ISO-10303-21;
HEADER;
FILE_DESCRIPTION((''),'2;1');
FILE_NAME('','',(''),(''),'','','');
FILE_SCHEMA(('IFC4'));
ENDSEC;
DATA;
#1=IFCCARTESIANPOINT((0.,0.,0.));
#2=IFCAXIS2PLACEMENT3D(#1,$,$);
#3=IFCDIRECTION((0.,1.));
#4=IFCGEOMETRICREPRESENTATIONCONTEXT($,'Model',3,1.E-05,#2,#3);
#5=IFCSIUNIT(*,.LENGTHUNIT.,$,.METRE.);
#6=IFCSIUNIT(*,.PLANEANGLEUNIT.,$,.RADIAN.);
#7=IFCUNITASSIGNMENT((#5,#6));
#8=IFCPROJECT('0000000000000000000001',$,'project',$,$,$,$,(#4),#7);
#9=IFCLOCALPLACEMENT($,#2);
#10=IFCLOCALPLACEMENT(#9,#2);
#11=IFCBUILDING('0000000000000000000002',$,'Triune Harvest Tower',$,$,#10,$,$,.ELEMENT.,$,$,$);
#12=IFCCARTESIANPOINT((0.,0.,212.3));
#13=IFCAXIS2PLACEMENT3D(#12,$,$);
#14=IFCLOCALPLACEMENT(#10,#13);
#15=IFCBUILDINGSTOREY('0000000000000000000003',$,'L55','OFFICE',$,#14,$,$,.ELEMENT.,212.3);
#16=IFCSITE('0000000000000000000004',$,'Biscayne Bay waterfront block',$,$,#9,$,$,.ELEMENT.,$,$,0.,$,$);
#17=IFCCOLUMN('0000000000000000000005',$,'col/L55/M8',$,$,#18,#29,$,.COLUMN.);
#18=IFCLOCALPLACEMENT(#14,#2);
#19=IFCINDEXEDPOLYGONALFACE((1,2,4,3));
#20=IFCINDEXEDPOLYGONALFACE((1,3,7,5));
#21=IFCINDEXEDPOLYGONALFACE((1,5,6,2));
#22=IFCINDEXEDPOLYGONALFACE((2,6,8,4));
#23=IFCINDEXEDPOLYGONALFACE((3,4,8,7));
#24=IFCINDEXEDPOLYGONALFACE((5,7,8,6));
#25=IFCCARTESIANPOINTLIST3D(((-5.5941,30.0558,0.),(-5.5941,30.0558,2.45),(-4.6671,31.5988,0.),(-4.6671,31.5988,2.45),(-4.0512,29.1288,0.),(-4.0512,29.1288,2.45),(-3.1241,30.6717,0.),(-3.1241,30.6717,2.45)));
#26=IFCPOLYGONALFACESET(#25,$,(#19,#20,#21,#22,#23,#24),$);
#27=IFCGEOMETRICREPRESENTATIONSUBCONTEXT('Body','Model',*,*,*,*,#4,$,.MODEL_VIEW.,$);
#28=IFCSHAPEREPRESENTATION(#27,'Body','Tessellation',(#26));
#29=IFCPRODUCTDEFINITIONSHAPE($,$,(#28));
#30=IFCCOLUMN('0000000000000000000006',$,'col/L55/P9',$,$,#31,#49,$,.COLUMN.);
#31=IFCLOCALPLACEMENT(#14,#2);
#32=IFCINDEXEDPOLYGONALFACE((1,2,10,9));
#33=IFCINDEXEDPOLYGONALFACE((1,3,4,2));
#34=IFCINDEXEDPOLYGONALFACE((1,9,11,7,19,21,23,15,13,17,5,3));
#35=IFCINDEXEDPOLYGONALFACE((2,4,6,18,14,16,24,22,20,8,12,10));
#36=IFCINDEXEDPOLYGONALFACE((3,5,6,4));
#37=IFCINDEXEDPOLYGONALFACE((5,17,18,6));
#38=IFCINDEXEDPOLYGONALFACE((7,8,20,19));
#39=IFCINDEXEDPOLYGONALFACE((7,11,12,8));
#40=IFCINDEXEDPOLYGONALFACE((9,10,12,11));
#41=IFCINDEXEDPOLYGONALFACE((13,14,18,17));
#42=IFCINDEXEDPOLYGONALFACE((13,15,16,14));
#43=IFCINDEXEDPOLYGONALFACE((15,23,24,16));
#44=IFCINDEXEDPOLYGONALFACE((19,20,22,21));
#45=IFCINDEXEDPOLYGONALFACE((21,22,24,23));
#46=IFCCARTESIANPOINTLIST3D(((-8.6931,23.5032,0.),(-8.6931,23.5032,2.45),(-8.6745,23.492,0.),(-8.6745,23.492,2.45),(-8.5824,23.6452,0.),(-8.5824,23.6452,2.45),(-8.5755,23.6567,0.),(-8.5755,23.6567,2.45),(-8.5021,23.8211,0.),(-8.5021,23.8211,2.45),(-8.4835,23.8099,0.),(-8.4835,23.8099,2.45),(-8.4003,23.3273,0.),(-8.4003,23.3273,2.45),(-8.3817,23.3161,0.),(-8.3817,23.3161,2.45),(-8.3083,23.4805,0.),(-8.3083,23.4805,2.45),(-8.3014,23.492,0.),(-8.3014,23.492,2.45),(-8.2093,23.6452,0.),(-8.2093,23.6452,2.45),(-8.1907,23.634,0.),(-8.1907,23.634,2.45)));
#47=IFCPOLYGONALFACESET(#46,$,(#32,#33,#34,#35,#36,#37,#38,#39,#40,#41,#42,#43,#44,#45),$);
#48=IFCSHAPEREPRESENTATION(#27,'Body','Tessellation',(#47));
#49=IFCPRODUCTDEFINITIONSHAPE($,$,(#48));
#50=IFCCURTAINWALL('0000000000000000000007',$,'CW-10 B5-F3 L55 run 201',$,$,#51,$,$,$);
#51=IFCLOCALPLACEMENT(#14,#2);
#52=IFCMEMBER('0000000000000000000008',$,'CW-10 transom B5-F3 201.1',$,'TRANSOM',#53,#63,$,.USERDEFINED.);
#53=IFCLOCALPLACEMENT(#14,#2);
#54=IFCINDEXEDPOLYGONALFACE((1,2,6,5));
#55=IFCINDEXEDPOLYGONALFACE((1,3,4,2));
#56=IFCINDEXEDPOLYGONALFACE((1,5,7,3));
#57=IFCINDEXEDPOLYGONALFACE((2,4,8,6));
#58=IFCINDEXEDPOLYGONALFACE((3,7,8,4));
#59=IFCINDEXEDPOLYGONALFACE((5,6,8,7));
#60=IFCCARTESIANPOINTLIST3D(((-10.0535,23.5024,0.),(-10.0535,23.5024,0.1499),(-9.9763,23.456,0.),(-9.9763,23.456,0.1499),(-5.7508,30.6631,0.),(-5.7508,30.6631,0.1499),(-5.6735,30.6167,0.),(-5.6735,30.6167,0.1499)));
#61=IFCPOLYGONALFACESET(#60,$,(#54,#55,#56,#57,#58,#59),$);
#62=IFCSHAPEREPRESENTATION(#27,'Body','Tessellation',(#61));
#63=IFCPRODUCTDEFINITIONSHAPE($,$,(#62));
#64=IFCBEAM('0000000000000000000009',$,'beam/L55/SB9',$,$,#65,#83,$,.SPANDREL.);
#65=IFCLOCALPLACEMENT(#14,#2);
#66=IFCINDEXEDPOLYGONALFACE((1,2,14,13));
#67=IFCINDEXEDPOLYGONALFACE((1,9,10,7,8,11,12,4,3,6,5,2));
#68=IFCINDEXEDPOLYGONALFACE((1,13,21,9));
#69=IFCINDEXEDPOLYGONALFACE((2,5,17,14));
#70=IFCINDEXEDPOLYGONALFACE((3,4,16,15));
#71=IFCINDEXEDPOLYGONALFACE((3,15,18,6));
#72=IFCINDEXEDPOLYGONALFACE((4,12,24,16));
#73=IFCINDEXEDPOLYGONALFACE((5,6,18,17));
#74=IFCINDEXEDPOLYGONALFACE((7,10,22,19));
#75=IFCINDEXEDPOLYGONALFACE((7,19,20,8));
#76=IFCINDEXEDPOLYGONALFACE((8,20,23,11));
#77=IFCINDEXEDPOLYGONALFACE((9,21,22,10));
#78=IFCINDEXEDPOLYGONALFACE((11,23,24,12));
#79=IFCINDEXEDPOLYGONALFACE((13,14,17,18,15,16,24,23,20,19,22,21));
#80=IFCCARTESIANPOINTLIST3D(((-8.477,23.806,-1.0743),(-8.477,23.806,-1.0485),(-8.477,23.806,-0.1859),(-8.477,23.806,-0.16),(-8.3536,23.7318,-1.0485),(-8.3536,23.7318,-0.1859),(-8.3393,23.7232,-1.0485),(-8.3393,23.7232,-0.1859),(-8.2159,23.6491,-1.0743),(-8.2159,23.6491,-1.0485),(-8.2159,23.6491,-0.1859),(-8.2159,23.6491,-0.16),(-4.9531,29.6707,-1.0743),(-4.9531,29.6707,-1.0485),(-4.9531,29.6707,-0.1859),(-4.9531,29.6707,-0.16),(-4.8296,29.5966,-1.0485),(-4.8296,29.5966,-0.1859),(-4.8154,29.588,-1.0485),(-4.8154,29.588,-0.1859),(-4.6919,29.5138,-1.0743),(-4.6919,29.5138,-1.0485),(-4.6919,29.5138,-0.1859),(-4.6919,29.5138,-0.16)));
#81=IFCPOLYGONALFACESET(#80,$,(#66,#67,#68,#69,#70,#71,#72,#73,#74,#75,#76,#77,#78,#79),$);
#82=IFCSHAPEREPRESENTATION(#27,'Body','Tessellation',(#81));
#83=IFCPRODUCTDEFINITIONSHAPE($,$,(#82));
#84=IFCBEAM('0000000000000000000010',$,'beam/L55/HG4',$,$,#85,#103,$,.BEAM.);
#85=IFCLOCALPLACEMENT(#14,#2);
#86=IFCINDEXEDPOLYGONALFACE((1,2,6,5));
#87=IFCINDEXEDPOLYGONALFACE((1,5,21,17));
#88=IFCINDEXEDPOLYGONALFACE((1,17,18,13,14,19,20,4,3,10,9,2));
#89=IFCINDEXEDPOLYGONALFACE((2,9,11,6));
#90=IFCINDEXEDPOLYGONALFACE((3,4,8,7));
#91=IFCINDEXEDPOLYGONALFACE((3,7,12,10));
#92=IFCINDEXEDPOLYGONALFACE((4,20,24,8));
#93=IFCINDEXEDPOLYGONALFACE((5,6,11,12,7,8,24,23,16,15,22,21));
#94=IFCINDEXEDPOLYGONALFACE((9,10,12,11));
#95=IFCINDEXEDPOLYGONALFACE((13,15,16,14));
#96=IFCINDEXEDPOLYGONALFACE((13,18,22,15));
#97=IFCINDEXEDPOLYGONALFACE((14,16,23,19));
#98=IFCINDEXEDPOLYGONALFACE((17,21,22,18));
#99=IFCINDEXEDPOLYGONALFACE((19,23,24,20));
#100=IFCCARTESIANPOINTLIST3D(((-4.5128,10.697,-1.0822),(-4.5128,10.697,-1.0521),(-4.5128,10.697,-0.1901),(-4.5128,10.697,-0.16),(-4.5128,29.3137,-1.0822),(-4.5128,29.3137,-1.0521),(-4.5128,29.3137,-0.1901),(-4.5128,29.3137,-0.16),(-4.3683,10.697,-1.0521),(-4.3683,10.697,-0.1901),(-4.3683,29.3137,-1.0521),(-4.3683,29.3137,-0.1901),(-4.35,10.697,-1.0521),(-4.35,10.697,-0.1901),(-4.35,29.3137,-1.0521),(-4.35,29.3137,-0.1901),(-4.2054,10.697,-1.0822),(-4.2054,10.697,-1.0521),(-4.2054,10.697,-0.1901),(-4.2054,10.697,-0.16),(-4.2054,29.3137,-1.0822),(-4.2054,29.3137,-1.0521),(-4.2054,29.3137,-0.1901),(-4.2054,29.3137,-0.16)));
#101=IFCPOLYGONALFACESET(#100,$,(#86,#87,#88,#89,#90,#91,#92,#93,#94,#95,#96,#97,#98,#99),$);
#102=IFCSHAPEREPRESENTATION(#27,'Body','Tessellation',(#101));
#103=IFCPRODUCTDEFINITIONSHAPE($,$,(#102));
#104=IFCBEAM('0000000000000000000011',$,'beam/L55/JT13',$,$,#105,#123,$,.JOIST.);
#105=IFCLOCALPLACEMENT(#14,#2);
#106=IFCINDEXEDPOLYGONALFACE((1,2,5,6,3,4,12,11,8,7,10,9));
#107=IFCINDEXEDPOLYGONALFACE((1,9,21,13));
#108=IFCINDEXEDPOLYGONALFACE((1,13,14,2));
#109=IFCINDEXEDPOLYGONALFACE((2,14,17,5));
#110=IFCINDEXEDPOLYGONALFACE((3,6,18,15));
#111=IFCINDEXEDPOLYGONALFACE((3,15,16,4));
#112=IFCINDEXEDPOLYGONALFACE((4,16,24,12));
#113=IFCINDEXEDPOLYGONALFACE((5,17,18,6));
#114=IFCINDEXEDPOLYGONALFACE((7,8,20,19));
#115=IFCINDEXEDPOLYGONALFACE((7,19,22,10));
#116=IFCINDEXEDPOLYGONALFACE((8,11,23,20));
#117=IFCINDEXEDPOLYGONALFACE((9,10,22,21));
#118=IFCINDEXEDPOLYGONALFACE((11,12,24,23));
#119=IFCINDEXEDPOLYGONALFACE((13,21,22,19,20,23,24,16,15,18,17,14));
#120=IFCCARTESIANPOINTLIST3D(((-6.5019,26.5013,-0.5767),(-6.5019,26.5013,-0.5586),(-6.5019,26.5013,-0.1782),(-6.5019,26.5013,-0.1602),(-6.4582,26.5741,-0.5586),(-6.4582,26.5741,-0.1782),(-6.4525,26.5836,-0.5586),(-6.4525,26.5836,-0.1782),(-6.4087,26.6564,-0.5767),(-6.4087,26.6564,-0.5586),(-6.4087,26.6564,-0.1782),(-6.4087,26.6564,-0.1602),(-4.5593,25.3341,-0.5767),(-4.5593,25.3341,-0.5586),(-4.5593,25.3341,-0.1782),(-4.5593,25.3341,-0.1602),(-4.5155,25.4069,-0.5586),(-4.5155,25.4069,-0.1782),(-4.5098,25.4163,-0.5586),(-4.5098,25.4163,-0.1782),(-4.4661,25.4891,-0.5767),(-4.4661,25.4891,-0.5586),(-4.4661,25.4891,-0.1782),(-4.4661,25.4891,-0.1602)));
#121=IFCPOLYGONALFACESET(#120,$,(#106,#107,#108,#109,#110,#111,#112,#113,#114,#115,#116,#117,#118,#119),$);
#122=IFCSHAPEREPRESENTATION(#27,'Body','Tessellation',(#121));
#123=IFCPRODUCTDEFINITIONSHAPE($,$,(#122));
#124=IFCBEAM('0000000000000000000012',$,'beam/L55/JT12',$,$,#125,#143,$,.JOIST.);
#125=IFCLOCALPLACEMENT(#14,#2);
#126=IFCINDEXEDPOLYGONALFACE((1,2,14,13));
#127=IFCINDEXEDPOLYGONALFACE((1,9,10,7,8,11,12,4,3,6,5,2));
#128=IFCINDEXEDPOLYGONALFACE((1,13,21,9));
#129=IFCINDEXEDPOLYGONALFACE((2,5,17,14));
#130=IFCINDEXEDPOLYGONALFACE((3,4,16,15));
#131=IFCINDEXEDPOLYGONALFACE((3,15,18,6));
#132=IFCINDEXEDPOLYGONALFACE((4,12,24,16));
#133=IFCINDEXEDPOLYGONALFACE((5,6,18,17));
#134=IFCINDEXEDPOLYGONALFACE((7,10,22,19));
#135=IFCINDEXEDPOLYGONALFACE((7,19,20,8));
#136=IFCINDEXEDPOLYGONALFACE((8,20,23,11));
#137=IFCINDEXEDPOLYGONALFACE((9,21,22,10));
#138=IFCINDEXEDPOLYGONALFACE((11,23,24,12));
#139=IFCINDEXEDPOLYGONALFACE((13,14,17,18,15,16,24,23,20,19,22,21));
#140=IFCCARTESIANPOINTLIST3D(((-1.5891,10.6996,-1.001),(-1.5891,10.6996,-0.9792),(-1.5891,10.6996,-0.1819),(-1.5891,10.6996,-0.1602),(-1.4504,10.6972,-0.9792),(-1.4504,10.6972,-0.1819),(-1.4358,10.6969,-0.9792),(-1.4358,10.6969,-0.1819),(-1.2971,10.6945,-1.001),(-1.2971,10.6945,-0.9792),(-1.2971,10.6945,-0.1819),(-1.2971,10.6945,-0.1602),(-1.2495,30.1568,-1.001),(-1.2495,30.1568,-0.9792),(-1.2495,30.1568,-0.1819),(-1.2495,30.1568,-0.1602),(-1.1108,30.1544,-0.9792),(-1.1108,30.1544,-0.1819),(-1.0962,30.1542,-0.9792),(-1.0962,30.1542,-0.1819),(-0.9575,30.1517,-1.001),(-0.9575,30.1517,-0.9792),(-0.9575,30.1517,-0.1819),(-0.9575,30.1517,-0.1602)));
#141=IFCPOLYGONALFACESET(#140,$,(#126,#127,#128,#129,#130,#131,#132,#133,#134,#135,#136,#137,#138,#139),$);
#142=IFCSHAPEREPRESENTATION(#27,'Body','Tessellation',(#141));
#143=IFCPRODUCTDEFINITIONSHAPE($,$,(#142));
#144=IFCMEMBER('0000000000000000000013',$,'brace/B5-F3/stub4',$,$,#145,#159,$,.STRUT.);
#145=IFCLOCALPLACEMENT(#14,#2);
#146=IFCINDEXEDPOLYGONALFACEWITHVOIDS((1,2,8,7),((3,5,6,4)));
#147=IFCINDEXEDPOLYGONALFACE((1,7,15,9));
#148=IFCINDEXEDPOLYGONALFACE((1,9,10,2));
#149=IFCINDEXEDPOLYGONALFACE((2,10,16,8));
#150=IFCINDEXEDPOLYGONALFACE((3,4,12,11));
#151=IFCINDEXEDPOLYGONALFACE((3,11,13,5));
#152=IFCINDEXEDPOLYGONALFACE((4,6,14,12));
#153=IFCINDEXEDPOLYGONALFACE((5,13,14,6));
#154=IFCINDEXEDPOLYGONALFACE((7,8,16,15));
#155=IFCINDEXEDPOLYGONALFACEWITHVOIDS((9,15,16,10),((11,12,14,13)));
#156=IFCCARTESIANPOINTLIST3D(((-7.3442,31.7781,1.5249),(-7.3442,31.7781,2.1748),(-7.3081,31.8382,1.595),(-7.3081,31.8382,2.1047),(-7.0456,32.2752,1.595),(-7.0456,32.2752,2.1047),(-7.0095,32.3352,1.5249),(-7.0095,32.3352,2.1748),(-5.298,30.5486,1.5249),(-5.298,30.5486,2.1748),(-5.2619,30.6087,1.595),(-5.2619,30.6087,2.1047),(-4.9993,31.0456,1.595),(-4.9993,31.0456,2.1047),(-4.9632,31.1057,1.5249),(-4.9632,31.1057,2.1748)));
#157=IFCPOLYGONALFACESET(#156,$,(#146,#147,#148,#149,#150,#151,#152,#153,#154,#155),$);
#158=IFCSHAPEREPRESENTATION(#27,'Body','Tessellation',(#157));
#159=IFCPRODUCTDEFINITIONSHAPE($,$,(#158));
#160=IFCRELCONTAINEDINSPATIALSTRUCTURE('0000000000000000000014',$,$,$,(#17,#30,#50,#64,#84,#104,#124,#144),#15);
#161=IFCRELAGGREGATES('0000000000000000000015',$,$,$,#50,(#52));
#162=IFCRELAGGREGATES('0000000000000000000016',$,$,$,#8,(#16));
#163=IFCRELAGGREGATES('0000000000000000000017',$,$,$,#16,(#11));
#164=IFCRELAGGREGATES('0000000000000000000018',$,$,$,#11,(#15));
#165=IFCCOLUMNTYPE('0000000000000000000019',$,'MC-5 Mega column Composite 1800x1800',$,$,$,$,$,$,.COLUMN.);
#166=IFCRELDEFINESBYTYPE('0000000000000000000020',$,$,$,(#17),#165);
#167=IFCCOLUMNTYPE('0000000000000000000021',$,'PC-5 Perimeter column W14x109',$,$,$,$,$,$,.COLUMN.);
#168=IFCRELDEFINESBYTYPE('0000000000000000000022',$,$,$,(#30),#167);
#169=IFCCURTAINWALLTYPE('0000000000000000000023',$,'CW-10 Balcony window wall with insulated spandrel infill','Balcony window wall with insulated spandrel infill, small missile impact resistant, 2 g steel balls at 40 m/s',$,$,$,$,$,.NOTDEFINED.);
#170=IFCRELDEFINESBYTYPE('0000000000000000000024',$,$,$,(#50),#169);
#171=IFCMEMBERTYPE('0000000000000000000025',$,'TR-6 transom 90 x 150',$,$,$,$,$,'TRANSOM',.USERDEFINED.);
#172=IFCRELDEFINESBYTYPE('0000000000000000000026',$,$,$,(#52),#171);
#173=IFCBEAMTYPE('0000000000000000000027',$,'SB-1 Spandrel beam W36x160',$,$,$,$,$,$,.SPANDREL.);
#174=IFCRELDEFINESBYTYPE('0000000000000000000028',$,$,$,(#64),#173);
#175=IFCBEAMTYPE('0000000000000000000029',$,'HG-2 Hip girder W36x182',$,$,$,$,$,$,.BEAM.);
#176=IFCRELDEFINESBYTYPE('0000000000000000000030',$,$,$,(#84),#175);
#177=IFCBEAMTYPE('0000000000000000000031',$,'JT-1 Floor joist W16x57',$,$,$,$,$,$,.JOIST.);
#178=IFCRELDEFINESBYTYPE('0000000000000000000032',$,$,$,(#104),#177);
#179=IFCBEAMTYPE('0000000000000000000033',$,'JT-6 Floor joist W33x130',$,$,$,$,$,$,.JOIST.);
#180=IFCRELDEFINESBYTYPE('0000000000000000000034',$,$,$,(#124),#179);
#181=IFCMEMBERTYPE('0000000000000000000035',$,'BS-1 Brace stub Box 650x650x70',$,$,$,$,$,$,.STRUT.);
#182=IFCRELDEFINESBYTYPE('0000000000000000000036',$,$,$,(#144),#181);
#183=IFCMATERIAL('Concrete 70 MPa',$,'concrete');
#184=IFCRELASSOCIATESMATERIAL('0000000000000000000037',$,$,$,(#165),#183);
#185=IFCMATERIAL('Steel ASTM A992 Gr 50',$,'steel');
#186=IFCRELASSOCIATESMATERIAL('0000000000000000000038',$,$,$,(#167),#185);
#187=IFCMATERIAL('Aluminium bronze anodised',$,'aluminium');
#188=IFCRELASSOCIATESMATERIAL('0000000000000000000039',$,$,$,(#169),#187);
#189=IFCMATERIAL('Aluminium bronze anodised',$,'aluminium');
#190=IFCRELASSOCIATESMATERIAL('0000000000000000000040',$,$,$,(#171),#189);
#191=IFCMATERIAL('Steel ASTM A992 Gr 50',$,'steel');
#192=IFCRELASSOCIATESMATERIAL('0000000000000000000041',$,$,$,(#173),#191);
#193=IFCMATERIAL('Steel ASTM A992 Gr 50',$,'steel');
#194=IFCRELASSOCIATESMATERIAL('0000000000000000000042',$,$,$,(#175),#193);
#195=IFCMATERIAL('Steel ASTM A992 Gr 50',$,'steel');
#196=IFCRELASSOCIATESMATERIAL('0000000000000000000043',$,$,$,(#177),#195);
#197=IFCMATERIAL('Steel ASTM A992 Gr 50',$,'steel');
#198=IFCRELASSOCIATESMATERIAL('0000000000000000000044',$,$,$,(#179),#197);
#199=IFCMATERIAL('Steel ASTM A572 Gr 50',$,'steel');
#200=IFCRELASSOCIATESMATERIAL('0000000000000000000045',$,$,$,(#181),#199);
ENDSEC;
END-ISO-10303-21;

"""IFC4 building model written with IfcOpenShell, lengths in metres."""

from ifc_helpers import new_model, si_unit, direction, frame, origin, origin_2d, place, context, subcontext, project, spatial, rectangle, hollow_rectangle, i_section, extrude, source, transform, mapped, material, material_profile, profile_set, type_object, element, aggregate, save


model = new_model("IFC4")

# Units and contexts
model_context = context("Model", 3, precision=1e-05, world=origin(), true_north=direction((0.0, 1.0)))
body_context = subcontext(model_context, "Body", "Model", "MODEL_VIEW")
ifc_project = project(units=[si_unit("LENGTHUNIT", "METRE"), si_unit("PLANEANGLEUNIT", "RADIAN")], contexts=[model_context])

# Site, building, storey
site_placement = place(None, origin())
site = spatial("IfcSite", under=ifc_project, at=site_placement, Name="Biscayne Bay waterfront block", CompositionType="ELEMENT", RefElevation=0.0)
building_placement = place(site_placement, origin())
building = spatial("IfcBuilding", under=site, at=building_placement, Name="Triune Harvest Tower", CompositionType="ELEMENT")
storey_placement = place(building_placement, frame((0.0, 0.0, 212.3)))
storey = spatial("IfcBuildingStorey", under=building, at=storey_placement, Name="L55", Description="OFFICE", CompositionType="ELEMENT", Elevation=212.3)

# Columns
ifc_material_1 = material(Name="Concrete 70 MPa", Category="concrete")
ifc_material_profile_1 = material_profile(ifc_material_1, rectangle(XDim=1.8, YDim=1.8, at=origin_2d()), Name="Composite 1800x1800")
ifc_profile_set_1 = profile_set([ifc_material_profile_1], Name="Concrete 70 MPa")
column_type_1 = type_object("IfcColumnType", Name="MC-5 Mega column Composite 1800x1800", PredefinedType="COLUMN", material=ifc_profile_set_1)
shared_shape_1 = source(origin(), body_context, "Body", "SweptSolid", [
    extrude(rectangle(XDim=1.8, YDim=1.8, at=origin_2d()), origin(), (0.0, 0.0, 1.0), 2.45),
])
column_1_placement = place(storey_placement, frame((-4.3591, 30.3638, 0.0), z_axis=(0.0, 0.0, 1.0), x_axis=(-0.515037, -0.857168, 0.0)))
element("IfcColumn", 1, at=column_1_placement, inside=storey, type_object=column_type_1, Name="col/L55/M8", PredefinedType="COLUMN", context=body_context, shape_type="MappedRepresentation", body=[
    mapped(shared_shape_1, transform((0.0, 0.0, 0.0), scale=1.0)),
])
ifc_material_2 = material(Name="Steel ASTM A992 Gr 50", Category="steel")
ifc_material_profile_2 = material_profile(ifc_material_2, i_section(OverallWidth=0.3708, OverallDepth=0.3633, WebThickness=0.0134, FlangeThickness=0.0217, at=origin_2d()), Name="W14x109")
ifc_profile_set_2 = profile_set([ifc_material_profile_2], Name="Steel ASTM A992 Gr 50")
column_type_2 = type_object("IfcColumnType", Name="PC-5 Perimeter column W14x109", PredefinedType="COLUMN", material=ifc_profile_set_2)
shared_shape_2 = source(origin(), body_context, "Body", "SweptSolid", [
    extrude(i_section(OverallWidth=0.3708, OverallDepth=0.3633, WebThickness=0.0134, FlangeThickness=0.0217, at=origin_2d()), origin(), (0.0, 0.0, 1.0), 2.45),
])
column_2_placement = place(storey_placement, frame((-8.4419, 23.5686, 0.0), z_axis=(0.0, 0.0, 1.0), x_axis=(-0.515037, -0.857168, 0.0)))
element("IfcColumn", 2, at=column_2_placement, inside=storey, type_object=column_type_2, Name="col/L55/P9", PredefinedType="COLUMN", context=body_context, shape_type="MappedRepresentation", body=[
    mapped(shared_shape_2, transform((0.0, 0.0, 0.0), scale=1.0)),
])

# Curtain wall, member
ifc_material_3 = material(Name="Aluminium bronze anodised", Category="aluminium")
curtain_wall_type_1 = type_object("IfcCurtainWallType", Name="CW-10 Balcony window wall with insulated spandrel infill", Description="Balcony window wall with insulated spandrel infill, small missile impact resistant, 2 g steel balls at 40 m/s", PredefinedType="NOTDEFINED", material=ifc_material_3)
curtain_wall_1_placement = place(storey_placement, origin())
curtain_wall_1 = element("IfcCurtainWall", 3, at=curtain_wall_1_placement, inside=storey, type_object=curtain_wall_type_1, Name="CW-10 B5-F3 L55 run 201")
ifc_material_4 = material(Name="Aluminium bronze anodised", Category="aluminium")
ifc_material_profile_3 = material_profile(ifc_material_4, rectangle(XDim=0.0901, YDim=0.1499, at=origin_2d()), Name="TR-6 transom 90 x 150")
ifc_profile_set_3 = profile_set([ifc_material_profile_3], Name="Aluminium bronze anodised")
member_type_1 = type_object("IfcMemberType", Name="TR-6 transom 90 x 150", ElementType="TRANSOM", PredefinedType="USERDEFINED", material=ifc_profile_set_3)
member_1_placement = place(storey_placement, frame((-5.7122, 30.6399, 0.075), z_axis=(-0.515054, -0.857158, 0.0), x_axis=(0.857158, -0.515054, 0.0)))
member_1 = element("IfcMember", 4, at=member_1_placement, type_object=member_type_1, Name="CW-10 transom B5-F3 201.1", ObjectType="TRANSOM", PredefinedType="USERDEFINED", context=body_context, shape_type="SweptSolid", body=[
    extrude(rectangle(XDim=0.0901, YDim=0.1499, at=origin_2d()), origin(), (0.0, 0.0, 1.0), 8.354),
])

# Beams
ifc_material_5 = material(Name="Steel ASTM A992 Gr 50", Category="steel")
ifc_material_profile_4 = material_profile(ifc_material_5, i_section(OverallWidth=0.3047, OverallDepth=0.9143, WebThickness=0.0166, FlangeThickness=0.0259, at=origin_2d()), Name="W36x160")
ifc_profile_set_4 = profile_set([ifc_material_profile_4], Name="Steel ASTM A992 Gr 50")
beam_type_1 = type_object("IfcBeamType", Name="SB-1 Spandrel beam W36x160", PredefinedType="SPANDREL", material=ifc_profile_set_4)
shared_shape_3 = source(origin(), body_context, "Body", "SweptSolid", [
    extrude(i_section(OverallWidth=0.3047, OverallDepth=0.9143, WebThickness=0.0166, FlangeThickness=0.0259, at=origin_2d()), origin(), (0.0, 0.0, 1.0), 6.842),
])
beam_1_placement = place(storey_placement, frame((-4.8225, 29.5923, -0.6172), z_axis=(-0.515041, -0.857165, 0.0), x_axis=(0.857165, -0.515041, 0.0)))
element("IfcBeam", 5, at=beam_1_placement, inside=storey, type_object=beam_type_1, Name="beam/L55/SB9", PredefinedType="SPANDREL", context=body_context, shape_type="MappedRepresentation", body=[
    mapped(shared_shape_3, transform((0.0, 0.0, 0.0), scale=1.0)),
])
ifc_material_6 = material(Name="Steel ASTM A992 Gr 50", Category="steel")
ifc_material_profile_5 = material_profile(ifc_material_6, i_section(OverallWidth=0.3074, OverallDepth=0.9221, WebThickness=0.0183, FlangeThickness=0.03, at=origin_2d()), Name="W36x182")
ifc_profile_set_5 = profile_set([ifc_material_profile_5], Name="Steel ASTM A992 Gr 50")
beam_type_2 = type_object("IfcBeamType", Name="HG-2 Hip girder W36x182", PredefinedType="BEAM", material=ifc_profile_set_5)
shared_shape_4 = source(origin(), body_context, "Body", "SweptSolid", [
    extrude(i_section(OverallWidth=0.3074, OverallDepth=0.9221, WebThickness=0.0183, FlangeThickness=0.03, at=origin_2d()), origin(), (0.0, 0.0, 1.0), 18.6167),
])
beam_2_placement = place(storey_placement, frame((-4.3591, 29.3137, -0.6211), z_axis=(0.0, -1.0, 0.0), x_axis=(1.0, 0.0, 0.0)))
element("IfcBeam", 6, at=beam_2_placement, inside=storey, type_object=beam_type_2, Name="beam/L55/HG4", PredefinedType="BEAM", context=body_context, shape_type="MappedRepresentation", body=[
    mapped(shared_shape_4, transform((0.0, 0.0, 0.0), scale=1.0)),
])
ifc_material_7 = material(Name="Steel ASTM A992 Gr 50", Category="steel")
ifc_material_profile_6 = material_profile(ifc_material_7, i_section(OverallWidth=0.1809, OverallDepth=0.4165, WebThickness=0.011, FlangeThickness=0.0181, at=origin_2d()), Name="W16x57")
ifc_profile_set_6 = profile_set([ifc_material_profile_6], Name="Steel ASTM A992 Gr 50")
beam_type_3 = type_object("IfcBeamType", Name="JT-1 Floor joist W16x57", PredefinedType="JOIST", material=ifc_profile_set_6)
shared_shape_5 = source(origin(), body_context, "Body", "SweptSolid", [
    extrude(i_section(OverallWidth=0.1809, OverallDepth=0.4165, WebThickness=0.011, FlangeThickness=0.0181, at=origin_2d()), origin(), (0.0, 0.0, 1.0), 2.2664),
])
beam_3_placement = place(storey_placement, frame((-6.4553, 26.5789, -0.3684), z_axis=(0.85717, -0.515034, 0.0), x_axis=(0.515034, 0.85717, 0.0)))
element("IfcBeam", 7, at=beam_3_placement, inside=storey, type_object=beam_type_3, Name="beam/L55/JT13", PredefinedType="JOIST", context=body_context, shape_type="MappedRepresentation", body=[
    mapped(shared_shape_5, transform((0.0, 0.0, 0.0), scale=1.0)),
])
ifc_material_8 = material(Name="Steel ASTM A992 Gr 50", Category="steel")
ifc_material_profile_7 = material_profile(ifc_material_8, i_section(OverallWidth=0.292, OverallDepth=0.8408, WebThickness=0.0146, FlangeThickness=0.0217, at=origin_2d()), Name="W33x130")
ifc_profile_set_7 = profile_set([ifc_material_profile_7], Name="Steel ASTM A992 Gr 50")
beam_type_4 = type_object("IfcBeamType", Name="JT-6 Floor joist W33x130", PredefinedType="JOIST", material=ifc_profile_set_7)
shared_shape_6 = source(origin(), body_context, "Body", "SweptSolid", [
    extrude(i_section(OverallWidth=0.292, OverallDepth=0.8408, WebThickness=0.0146, FlangeThickness=0.0217, at=origin_2d()), origin(), (0.0, 0.0, 1.0), 19.4602),
])
beam_4_placement = place(storey_placement, frame((-1.1035, 30.1543, -0.5806), z_axis=(-0.017451, -0.999848, 0.0), x_axis=(0.999848, -0.017451, 0.0)))
element("IfcBeam", 8, at=beam_4_placement, inside=storey, type_object=beam_type_4, Name="beam/L55/JT12", PredefinedType="JOIST", context=body_context, shape_type="MappedRepresentation", body=[
    mapped(shared_shape_6, transform((0.0, 0.0, 0.0), scale=1.0)),
])

# Member
ifc_material_9 = material(Name="Steel ASTM A572 Gr 50", Category="steel")
ifc_material_profile_8 = material_profile(ifc_material_9, hollow_rectangle(XDim=0.6499, YDim=0.6499, WallThickness=0.0701, at=origin_2d()), Name="Box 650x650x70")
ifc_profile_set_8 = profile_set([ifc_material_profile_8], Name="Steel ASTM A572 Gr 50")
member_type_2 = type_object("IfcMemberType", Name="BS-1 Brace stub Box 650x650x70", PredefinedType="STRUT", material=ifc_profile_set_8)
shared_shape_7 = source(origin(), body_context, "Body", "SweptSolid", [
    extrude(hollow_rectangle(XDim=0.6499, YDim=0.6499, WallThickness=0.0701, at=origin_2d()), origin(), (0.0, 0.0, 1.0), 2.3872),
])
member_2_placement = place(storey_placement, frame((-5.1306, 30.8271, 1.8499), z_axis=(-0.857159, 0.515052, 0.0), x_axis=(-0.515052, -0.857159, 0.0)))
element("IfcMember", 9, at=member_2_placement, inside=storey, type_object=member_type_2, Name="brace/B5-F3/stub4", PredefinedType="STRUT", context=body_context, shape_type="MappedRepresentation", body=[
    mapped(shared_shape_7, transform((0.0, 0.0, 0.0), scale=1.0)),
])

aggregate(curtain_wall_1, [member_1])

save(model, "model.ifc")
